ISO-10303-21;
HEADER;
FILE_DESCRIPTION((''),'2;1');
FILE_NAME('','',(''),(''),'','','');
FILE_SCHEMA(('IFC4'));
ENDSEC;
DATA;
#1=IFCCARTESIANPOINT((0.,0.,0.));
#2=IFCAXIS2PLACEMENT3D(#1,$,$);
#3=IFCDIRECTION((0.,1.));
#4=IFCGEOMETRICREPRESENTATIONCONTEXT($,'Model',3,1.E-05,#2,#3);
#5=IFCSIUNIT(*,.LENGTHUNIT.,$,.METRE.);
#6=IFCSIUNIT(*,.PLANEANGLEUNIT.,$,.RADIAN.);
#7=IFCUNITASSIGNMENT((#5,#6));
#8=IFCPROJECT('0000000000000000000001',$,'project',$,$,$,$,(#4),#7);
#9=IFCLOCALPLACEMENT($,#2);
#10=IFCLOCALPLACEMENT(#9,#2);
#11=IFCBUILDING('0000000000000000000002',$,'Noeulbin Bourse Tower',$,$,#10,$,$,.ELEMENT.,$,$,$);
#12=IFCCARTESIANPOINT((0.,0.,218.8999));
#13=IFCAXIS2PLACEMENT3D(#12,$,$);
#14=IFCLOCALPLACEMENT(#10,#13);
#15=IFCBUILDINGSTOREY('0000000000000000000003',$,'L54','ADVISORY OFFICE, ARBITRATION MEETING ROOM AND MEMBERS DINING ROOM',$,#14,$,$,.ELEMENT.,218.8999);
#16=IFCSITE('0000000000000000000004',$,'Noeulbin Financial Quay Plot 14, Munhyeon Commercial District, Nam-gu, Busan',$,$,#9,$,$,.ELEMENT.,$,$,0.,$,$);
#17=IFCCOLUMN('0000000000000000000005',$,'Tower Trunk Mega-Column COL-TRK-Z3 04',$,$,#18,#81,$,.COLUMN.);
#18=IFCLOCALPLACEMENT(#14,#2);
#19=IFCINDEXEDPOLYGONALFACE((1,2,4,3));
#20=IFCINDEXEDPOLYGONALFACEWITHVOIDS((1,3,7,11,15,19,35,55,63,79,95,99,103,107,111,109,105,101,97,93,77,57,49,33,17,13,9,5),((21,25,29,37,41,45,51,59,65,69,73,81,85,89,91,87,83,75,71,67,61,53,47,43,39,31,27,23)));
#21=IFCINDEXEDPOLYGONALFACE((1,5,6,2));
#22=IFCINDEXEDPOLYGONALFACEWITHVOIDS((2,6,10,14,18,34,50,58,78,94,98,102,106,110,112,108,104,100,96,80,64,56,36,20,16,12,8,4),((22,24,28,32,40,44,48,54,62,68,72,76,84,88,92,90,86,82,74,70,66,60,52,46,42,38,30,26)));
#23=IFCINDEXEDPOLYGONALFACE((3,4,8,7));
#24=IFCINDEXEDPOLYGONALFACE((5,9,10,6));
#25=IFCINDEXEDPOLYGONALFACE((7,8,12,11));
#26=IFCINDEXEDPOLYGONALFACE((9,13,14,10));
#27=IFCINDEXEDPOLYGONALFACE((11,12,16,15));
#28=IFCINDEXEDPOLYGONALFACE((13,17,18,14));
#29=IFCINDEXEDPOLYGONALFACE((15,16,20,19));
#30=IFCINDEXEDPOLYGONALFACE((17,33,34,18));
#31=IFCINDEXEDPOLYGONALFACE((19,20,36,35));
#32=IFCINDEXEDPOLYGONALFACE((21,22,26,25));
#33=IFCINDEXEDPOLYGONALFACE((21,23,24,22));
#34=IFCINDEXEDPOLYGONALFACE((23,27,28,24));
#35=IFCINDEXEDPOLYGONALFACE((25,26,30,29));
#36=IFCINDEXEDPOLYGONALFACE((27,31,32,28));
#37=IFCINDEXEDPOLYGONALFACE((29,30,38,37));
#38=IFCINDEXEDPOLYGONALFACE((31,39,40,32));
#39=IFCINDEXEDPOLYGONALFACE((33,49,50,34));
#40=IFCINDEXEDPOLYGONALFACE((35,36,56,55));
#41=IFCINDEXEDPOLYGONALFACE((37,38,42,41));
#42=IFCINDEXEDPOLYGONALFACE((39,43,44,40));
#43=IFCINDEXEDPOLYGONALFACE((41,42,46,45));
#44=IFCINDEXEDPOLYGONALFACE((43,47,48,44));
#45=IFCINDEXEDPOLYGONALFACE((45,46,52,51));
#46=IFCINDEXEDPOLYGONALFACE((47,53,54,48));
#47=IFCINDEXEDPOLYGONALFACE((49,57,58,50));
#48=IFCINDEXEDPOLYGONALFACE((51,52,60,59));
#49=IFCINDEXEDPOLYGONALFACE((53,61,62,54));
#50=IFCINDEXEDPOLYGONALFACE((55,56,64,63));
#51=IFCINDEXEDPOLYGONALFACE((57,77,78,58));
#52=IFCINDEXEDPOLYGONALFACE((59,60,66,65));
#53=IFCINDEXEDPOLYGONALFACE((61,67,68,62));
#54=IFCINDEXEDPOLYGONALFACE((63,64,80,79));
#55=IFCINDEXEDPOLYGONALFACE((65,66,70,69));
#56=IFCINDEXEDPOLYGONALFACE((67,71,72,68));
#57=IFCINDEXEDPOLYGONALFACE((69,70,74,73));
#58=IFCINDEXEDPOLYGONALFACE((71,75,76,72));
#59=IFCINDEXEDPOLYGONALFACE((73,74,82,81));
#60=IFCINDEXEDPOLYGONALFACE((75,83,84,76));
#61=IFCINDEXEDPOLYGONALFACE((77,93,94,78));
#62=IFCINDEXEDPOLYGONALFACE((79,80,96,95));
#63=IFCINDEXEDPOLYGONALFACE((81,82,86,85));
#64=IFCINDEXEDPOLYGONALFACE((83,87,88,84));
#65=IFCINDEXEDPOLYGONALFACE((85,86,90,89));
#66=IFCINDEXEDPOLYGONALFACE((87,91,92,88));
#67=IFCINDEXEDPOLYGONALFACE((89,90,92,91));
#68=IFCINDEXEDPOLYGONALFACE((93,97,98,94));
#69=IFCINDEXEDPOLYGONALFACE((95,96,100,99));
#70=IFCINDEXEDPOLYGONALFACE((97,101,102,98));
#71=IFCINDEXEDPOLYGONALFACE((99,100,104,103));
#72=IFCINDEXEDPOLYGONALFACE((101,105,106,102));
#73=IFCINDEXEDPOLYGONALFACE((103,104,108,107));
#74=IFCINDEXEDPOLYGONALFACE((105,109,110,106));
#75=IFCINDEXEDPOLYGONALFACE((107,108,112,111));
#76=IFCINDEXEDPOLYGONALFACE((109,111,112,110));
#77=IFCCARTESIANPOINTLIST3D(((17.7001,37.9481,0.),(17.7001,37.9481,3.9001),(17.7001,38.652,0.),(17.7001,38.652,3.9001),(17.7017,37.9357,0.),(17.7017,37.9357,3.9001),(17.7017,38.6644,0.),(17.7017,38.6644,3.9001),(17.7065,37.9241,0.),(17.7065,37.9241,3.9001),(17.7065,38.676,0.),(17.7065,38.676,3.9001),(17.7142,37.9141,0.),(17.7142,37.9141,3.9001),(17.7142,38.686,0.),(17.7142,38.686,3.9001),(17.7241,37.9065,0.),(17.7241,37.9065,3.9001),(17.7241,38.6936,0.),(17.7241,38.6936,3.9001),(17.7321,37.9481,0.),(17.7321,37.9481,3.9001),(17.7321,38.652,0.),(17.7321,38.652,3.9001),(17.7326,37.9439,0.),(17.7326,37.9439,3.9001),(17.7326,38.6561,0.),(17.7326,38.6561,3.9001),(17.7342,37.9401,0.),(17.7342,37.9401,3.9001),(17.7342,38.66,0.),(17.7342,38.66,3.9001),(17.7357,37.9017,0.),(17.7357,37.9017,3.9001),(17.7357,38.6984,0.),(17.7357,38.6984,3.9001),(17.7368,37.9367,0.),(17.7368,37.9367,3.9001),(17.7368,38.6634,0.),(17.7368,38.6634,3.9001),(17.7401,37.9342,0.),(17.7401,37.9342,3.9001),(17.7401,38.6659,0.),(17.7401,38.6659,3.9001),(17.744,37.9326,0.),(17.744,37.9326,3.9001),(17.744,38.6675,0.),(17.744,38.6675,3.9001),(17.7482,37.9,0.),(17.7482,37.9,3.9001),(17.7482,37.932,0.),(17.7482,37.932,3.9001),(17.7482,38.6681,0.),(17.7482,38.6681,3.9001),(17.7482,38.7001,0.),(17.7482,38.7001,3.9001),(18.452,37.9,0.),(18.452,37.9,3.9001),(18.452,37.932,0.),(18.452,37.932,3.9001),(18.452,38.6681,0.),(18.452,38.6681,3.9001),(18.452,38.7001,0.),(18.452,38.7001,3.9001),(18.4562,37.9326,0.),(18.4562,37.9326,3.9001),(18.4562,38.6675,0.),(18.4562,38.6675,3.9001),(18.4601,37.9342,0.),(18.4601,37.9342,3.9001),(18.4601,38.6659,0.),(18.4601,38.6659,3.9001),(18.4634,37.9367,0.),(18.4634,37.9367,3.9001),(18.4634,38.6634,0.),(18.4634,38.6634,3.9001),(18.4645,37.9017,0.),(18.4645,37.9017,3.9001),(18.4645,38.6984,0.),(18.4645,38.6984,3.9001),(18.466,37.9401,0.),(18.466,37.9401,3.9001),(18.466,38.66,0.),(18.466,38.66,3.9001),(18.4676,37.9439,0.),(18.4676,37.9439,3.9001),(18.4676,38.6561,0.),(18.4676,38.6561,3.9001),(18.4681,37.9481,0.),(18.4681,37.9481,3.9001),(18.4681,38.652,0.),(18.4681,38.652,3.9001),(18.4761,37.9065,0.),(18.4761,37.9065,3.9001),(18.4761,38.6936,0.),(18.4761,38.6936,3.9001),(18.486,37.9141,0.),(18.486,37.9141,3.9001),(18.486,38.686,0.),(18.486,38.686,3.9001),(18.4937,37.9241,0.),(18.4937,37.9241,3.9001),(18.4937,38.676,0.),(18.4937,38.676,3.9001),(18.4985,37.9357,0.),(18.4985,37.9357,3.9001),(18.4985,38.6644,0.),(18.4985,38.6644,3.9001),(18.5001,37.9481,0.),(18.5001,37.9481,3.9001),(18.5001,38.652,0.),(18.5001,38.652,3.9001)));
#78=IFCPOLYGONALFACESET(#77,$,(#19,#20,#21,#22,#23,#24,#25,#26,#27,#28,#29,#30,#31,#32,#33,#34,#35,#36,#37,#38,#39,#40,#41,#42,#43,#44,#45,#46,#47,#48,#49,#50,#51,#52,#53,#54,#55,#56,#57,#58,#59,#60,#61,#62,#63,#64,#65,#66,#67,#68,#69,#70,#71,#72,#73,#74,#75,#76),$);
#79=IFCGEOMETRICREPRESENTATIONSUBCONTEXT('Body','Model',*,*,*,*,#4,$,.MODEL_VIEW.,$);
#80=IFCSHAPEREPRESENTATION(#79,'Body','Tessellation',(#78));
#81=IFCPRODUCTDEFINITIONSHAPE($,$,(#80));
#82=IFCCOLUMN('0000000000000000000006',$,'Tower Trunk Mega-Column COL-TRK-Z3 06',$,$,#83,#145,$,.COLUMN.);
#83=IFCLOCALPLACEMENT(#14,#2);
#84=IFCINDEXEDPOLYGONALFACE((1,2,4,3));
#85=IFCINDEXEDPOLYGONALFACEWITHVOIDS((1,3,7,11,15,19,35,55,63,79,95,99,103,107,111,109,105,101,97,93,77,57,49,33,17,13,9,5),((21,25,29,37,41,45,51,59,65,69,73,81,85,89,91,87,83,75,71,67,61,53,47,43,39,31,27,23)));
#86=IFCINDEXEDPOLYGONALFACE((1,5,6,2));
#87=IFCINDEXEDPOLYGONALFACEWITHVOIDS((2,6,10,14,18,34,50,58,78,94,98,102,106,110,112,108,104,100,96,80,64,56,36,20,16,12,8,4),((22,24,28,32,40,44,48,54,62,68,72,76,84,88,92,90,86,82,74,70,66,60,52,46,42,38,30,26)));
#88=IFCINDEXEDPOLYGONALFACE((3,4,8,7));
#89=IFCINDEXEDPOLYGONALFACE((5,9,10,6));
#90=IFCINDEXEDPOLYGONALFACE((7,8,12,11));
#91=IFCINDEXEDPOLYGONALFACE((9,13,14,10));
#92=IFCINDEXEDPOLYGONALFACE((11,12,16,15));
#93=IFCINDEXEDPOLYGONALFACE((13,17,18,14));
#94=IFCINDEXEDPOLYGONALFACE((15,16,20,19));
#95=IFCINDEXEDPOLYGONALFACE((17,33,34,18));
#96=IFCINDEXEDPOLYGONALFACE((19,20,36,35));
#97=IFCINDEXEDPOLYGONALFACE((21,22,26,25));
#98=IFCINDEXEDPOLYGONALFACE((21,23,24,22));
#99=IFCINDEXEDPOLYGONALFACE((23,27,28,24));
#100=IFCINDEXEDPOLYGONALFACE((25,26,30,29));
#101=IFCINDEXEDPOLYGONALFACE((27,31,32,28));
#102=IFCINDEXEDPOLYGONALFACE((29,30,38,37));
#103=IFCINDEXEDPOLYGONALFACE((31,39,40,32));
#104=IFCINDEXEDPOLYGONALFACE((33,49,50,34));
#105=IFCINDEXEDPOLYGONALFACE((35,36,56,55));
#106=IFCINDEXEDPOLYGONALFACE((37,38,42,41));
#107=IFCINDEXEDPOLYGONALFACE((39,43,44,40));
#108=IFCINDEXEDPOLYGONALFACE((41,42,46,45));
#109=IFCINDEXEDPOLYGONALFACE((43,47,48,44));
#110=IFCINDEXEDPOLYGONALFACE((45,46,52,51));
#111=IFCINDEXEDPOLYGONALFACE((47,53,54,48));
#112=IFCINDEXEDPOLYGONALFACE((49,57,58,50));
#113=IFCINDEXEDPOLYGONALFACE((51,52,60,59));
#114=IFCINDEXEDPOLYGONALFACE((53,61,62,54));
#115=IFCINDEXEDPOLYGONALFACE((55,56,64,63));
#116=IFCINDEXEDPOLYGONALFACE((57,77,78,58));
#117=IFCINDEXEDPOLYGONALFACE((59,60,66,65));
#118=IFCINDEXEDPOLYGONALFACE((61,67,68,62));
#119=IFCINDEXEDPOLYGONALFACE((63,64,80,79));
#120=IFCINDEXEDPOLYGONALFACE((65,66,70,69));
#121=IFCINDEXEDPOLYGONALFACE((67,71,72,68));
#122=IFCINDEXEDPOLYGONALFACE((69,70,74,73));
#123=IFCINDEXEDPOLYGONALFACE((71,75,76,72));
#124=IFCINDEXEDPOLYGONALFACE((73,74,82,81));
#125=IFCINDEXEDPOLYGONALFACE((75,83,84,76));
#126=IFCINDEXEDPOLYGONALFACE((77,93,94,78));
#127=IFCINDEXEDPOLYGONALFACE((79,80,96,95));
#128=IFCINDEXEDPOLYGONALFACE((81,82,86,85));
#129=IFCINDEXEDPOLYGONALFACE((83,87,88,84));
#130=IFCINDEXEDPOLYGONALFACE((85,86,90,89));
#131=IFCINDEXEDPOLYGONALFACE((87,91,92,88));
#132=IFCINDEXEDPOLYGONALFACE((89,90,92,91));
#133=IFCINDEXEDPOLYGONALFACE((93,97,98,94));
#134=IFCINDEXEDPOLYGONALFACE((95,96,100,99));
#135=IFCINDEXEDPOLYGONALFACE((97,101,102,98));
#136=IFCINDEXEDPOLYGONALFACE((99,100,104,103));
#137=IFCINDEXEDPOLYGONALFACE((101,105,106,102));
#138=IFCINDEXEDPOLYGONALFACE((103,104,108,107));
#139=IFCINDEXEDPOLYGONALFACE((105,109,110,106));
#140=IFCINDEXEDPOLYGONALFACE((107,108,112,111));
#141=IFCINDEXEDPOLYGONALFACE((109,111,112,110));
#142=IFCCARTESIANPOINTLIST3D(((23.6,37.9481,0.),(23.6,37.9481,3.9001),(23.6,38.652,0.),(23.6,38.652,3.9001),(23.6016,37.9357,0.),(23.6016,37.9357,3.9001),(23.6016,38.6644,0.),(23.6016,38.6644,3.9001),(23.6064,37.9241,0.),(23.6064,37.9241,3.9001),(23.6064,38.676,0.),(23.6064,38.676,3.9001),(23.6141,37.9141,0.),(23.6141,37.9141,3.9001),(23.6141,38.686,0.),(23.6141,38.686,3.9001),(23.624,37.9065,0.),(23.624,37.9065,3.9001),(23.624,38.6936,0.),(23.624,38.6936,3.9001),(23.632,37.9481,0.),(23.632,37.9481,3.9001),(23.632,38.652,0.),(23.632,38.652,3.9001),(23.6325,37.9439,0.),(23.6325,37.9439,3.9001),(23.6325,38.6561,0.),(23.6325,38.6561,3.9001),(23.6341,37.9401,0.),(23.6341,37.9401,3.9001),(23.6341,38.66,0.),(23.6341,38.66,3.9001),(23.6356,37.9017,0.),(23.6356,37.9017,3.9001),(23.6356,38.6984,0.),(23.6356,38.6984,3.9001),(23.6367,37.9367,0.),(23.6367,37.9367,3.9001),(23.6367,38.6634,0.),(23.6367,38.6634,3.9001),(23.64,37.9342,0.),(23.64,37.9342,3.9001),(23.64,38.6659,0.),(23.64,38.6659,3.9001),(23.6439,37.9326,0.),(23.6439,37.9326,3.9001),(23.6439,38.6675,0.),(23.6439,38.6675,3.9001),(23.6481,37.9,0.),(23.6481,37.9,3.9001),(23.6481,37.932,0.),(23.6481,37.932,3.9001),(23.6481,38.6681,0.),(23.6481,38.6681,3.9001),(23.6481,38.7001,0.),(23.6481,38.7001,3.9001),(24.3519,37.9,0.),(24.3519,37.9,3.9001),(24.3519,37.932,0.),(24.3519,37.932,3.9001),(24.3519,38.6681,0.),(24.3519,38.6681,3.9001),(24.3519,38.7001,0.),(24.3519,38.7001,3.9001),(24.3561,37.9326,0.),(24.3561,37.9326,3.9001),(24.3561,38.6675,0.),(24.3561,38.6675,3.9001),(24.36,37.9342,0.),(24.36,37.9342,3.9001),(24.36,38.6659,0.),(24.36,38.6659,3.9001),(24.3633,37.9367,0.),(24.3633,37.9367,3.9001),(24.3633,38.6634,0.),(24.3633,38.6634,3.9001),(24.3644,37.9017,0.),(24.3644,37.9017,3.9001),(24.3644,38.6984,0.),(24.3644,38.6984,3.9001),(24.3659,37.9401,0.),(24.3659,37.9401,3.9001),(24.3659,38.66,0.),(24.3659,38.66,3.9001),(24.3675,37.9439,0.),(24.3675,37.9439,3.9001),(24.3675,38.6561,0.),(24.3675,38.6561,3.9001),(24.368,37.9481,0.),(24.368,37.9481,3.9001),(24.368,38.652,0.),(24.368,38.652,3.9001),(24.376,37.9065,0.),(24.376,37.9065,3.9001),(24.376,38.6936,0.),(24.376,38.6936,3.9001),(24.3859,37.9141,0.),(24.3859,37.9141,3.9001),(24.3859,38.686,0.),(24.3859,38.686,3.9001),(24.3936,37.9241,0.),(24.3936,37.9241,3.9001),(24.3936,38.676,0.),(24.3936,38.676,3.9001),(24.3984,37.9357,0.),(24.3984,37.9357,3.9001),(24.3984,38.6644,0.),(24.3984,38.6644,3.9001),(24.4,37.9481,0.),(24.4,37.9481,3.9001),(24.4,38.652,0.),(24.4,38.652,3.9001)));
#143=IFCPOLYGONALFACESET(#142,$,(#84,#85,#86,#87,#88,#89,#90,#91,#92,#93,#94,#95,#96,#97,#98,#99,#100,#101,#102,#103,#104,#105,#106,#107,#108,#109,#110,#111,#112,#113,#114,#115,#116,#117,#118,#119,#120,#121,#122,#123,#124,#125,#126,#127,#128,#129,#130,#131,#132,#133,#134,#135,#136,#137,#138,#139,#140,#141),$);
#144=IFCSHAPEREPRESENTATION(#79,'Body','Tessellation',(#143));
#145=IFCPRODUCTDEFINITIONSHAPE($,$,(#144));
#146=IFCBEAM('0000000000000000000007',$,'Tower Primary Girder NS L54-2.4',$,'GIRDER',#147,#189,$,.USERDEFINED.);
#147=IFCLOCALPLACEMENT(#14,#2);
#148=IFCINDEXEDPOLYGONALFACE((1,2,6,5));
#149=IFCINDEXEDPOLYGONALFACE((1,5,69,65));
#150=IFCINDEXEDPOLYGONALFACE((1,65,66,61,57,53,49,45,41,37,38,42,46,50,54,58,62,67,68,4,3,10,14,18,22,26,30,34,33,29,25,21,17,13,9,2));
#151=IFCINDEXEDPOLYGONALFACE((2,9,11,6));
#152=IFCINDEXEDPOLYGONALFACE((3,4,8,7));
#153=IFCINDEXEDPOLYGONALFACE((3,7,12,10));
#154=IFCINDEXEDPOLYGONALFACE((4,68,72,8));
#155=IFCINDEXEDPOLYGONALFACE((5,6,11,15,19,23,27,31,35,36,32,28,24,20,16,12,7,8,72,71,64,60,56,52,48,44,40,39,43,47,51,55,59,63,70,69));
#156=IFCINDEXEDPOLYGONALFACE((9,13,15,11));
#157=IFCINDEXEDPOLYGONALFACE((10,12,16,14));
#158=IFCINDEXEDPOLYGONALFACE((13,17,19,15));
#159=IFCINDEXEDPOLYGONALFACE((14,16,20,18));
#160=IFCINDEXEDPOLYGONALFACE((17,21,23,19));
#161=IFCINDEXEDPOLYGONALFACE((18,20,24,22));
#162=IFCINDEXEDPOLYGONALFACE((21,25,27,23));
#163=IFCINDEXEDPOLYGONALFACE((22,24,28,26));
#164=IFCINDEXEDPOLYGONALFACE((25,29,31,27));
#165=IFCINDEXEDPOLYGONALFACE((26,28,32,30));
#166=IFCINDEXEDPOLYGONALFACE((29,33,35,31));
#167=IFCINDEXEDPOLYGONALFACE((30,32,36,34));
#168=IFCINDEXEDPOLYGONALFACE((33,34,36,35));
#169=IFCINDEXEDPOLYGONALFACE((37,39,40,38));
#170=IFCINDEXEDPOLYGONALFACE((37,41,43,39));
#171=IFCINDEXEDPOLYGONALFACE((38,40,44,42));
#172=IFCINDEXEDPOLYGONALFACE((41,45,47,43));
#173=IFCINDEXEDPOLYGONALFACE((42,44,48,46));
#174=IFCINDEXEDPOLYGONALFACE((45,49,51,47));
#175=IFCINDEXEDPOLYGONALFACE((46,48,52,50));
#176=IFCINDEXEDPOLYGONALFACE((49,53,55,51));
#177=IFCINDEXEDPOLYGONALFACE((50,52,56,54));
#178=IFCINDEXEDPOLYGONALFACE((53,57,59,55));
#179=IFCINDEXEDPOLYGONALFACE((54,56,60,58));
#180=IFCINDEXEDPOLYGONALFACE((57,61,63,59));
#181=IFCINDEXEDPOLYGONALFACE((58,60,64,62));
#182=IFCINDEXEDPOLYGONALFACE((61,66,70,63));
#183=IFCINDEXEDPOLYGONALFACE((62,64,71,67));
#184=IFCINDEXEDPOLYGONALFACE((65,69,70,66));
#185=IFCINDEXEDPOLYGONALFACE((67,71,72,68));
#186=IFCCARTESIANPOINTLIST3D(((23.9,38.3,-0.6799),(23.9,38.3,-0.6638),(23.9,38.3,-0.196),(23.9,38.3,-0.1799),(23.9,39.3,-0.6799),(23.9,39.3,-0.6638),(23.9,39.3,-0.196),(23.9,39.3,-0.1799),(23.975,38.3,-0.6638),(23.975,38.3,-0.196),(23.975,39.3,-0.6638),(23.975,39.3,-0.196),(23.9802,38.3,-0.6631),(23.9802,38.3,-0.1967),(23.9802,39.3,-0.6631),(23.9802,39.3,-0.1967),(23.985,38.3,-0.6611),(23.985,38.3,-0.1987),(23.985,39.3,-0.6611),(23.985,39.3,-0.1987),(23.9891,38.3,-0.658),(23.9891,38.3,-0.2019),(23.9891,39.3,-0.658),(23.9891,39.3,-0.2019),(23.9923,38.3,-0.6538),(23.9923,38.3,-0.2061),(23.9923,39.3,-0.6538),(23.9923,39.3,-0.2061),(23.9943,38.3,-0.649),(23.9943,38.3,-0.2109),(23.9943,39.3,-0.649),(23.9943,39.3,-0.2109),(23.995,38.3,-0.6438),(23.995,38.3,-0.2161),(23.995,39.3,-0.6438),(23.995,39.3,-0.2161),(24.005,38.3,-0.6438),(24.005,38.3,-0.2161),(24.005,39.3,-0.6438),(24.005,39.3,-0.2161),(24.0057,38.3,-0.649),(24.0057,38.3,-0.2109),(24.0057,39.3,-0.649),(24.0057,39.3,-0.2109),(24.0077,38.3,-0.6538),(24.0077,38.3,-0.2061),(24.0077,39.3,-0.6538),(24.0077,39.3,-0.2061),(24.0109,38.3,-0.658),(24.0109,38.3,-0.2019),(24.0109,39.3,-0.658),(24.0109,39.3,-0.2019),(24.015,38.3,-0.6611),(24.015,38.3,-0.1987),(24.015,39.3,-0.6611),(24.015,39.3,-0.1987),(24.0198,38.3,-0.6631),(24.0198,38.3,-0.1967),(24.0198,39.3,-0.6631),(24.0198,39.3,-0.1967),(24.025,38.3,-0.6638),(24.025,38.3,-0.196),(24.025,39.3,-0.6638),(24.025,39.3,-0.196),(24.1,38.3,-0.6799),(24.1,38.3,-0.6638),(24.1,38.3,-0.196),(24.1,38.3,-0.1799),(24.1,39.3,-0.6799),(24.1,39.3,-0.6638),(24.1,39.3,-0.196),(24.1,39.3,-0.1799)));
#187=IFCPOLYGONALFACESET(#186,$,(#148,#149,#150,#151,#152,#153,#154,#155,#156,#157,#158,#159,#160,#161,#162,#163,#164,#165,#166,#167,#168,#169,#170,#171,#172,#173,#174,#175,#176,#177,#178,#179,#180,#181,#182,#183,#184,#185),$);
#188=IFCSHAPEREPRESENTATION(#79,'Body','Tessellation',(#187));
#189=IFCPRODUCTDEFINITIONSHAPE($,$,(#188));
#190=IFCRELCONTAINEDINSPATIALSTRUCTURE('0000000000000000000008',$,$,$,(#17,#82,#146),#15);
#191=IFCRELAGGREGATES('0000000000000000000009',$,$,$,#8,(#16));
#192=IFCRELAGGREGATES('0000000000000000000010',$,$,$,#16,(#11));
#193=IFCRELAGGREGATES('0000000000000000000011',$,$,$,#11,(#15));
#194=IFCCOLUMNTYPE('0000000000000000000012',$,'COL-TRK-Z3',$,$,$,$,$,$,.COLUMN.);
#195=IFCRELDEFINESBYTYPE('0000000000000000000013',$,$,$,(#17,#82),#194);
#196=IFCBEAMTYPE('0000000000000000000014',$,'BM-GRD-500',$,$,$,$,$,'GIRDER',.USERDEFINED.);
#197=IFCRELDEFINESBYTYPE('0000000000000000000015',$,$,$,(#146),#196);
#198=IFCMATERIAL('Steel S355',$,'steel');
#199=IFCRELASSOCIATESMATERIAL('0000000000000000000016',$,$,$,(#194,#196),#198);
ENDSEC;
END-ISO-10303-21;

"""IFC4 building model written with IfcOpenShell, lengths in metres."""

from ifc_helpers import new_model, si_unit, direction, frame, origin, origin_2d, place, context, subcontext, project, spatial, hollow_rectangle, i_section, extrude, material, material_profile, profile_set, type_object, element, save


model = new_model("IFC4")

# Units and contexts
model_context = context("Model", 3, precision=1e-05, world=origin(), true_north=direction((0.0, 1.0)))
body_context = subcontext(model_context, "Body", "Model", "MODEL_VIEW")
ifc_project = project(units=[si_unit("LENGTHUNIT", "METRE"), si_unit("PLANEANGLEUNIT", "RADIAN")], contexts=[model_context])

# Site, building, storey
site_placement = place(None, origin())
site = spatial("IfcSite", under=ifc_project, at=site_placement, Name="Noeulbin Financial Quay Plot 14, Munhyeon Commercial District, Nam-gu, Busan", CompositionType="ELEMENT", RefElevation=0.0)
building_placement = place(site_placement, origin())
building = spatial("IfcBuilding", under=site, at=building_placement, Name="Noeulbin Bourse Tower", CompositionType="ELEMENT")
storey_placement = place(building_placement, frame((0.0, 0.0, 218.8999)))
storey = spatial("IfcBuildingStorey", under=building, at=storey_placement, Name="L54", Description="ADVISORY OFFICE, ARBITRATION MEETING ROOM AND MEMBERS DINING ROOM", CompositionType="ELEMENT", Elevation=218.8999)

# Columns
ifc_material_1 = material(Name="Steel S355", Category="steel")
ifc_material_profile_1 = material_profile(ifc_material_1, hollow_rectangle(XDim=0.8, YDim=0.8, WallThickness=0.032, InnerFilletRadius=0.0161, OuterFilletRadius=0.0481, at=origin_2d()), Name="BOX-800x800x32", Category="LoadBearing")
ifc_profile_set_1 = profile_set([ifc_material_profile_1], Name="Steel S355")
column_type = type_object("IfcColumnType", Name="COL-TRK-Z3", PredefinedType="COLUMN", material=ifc_profile_set_1)
for number, where, z_axis, x_axis, name in (
    (1, (18.1001, 38.3, 0.0), (0.0, 0.0, 1.0), (1.0, 0.0, 0.0), "Tower Trunk Mega-Column COL-TRK-Z3 04"),
    (2, (24.0, 38.3, 0.0), (0.0, 0.0, 1.0), (1.0, 0.0, 0.0), "Tower Trunk Mega-Column COL-TRK-Z3 06"),
):
    element("IfcColumn", number, at=place(storey_placement, frame(where, z_axis=z_axis, x_axis=x_axis)), inside=storey, type_object=column_type, Name=name, PredefinedType="COLUMN", context=body_context, shape_type="SweptSolid", body=[
        extrude(hollow_rectangle(XDim=0.8, YDim=0.8, WallThickness=0.032, InnerFilletRadius=0.0161, OuterFilletRadius=0.0481, at=origin_2d()), origin(), (0.0, 0.0, 1.0), 3.9001),
    ])

# Beam
ifc_material_profile_2 = material_profile(ifc_material_1, i_section(OverallWidth=0.2, OverallDepth=0.5, WebThickness=0.01, FlangeThickness=0.0161, FilletRadius=0.02, at=origin_2d()), Name="H-500x200x10x16", Category="LoadBearing")
ifc_profile_set_2 = profile_set([ifc_material_profile_2], Name="Steel S355")
beam_type = type_object("IfcBeamType", Name="BM-GRD-500", ElementType="GIRDER", PredefinedType="USERDEFINED", material=ifc_profile_set_2)
beam_placement = place(storey_placement, frame((24.0, 38.3, -0.4299), z_axis=(0.0, 1.0, 0.0), x_axis=(-1.0, 0.0, 0.0)))
element("IfcBeam", 3, at=beam_placement, inside=storey, type_object=beam_type, Name="Tower Primary Girder NS L54-2.4", ObjectType="GIRDER", PredefinedType="USERDEFINED", context=body_context, shape_type="SweptSolid", body=[
    extrude(i_section(OverallWidth=0.2, OverallDepth=0.5, WebThickness=0.01, FlangeThickness=0.0161, FilletRadius=0.02, at=origin_2d()), origin(), (0.0, 0.0, 1.0), 1.0),
])

save(model, "model.ifc")
